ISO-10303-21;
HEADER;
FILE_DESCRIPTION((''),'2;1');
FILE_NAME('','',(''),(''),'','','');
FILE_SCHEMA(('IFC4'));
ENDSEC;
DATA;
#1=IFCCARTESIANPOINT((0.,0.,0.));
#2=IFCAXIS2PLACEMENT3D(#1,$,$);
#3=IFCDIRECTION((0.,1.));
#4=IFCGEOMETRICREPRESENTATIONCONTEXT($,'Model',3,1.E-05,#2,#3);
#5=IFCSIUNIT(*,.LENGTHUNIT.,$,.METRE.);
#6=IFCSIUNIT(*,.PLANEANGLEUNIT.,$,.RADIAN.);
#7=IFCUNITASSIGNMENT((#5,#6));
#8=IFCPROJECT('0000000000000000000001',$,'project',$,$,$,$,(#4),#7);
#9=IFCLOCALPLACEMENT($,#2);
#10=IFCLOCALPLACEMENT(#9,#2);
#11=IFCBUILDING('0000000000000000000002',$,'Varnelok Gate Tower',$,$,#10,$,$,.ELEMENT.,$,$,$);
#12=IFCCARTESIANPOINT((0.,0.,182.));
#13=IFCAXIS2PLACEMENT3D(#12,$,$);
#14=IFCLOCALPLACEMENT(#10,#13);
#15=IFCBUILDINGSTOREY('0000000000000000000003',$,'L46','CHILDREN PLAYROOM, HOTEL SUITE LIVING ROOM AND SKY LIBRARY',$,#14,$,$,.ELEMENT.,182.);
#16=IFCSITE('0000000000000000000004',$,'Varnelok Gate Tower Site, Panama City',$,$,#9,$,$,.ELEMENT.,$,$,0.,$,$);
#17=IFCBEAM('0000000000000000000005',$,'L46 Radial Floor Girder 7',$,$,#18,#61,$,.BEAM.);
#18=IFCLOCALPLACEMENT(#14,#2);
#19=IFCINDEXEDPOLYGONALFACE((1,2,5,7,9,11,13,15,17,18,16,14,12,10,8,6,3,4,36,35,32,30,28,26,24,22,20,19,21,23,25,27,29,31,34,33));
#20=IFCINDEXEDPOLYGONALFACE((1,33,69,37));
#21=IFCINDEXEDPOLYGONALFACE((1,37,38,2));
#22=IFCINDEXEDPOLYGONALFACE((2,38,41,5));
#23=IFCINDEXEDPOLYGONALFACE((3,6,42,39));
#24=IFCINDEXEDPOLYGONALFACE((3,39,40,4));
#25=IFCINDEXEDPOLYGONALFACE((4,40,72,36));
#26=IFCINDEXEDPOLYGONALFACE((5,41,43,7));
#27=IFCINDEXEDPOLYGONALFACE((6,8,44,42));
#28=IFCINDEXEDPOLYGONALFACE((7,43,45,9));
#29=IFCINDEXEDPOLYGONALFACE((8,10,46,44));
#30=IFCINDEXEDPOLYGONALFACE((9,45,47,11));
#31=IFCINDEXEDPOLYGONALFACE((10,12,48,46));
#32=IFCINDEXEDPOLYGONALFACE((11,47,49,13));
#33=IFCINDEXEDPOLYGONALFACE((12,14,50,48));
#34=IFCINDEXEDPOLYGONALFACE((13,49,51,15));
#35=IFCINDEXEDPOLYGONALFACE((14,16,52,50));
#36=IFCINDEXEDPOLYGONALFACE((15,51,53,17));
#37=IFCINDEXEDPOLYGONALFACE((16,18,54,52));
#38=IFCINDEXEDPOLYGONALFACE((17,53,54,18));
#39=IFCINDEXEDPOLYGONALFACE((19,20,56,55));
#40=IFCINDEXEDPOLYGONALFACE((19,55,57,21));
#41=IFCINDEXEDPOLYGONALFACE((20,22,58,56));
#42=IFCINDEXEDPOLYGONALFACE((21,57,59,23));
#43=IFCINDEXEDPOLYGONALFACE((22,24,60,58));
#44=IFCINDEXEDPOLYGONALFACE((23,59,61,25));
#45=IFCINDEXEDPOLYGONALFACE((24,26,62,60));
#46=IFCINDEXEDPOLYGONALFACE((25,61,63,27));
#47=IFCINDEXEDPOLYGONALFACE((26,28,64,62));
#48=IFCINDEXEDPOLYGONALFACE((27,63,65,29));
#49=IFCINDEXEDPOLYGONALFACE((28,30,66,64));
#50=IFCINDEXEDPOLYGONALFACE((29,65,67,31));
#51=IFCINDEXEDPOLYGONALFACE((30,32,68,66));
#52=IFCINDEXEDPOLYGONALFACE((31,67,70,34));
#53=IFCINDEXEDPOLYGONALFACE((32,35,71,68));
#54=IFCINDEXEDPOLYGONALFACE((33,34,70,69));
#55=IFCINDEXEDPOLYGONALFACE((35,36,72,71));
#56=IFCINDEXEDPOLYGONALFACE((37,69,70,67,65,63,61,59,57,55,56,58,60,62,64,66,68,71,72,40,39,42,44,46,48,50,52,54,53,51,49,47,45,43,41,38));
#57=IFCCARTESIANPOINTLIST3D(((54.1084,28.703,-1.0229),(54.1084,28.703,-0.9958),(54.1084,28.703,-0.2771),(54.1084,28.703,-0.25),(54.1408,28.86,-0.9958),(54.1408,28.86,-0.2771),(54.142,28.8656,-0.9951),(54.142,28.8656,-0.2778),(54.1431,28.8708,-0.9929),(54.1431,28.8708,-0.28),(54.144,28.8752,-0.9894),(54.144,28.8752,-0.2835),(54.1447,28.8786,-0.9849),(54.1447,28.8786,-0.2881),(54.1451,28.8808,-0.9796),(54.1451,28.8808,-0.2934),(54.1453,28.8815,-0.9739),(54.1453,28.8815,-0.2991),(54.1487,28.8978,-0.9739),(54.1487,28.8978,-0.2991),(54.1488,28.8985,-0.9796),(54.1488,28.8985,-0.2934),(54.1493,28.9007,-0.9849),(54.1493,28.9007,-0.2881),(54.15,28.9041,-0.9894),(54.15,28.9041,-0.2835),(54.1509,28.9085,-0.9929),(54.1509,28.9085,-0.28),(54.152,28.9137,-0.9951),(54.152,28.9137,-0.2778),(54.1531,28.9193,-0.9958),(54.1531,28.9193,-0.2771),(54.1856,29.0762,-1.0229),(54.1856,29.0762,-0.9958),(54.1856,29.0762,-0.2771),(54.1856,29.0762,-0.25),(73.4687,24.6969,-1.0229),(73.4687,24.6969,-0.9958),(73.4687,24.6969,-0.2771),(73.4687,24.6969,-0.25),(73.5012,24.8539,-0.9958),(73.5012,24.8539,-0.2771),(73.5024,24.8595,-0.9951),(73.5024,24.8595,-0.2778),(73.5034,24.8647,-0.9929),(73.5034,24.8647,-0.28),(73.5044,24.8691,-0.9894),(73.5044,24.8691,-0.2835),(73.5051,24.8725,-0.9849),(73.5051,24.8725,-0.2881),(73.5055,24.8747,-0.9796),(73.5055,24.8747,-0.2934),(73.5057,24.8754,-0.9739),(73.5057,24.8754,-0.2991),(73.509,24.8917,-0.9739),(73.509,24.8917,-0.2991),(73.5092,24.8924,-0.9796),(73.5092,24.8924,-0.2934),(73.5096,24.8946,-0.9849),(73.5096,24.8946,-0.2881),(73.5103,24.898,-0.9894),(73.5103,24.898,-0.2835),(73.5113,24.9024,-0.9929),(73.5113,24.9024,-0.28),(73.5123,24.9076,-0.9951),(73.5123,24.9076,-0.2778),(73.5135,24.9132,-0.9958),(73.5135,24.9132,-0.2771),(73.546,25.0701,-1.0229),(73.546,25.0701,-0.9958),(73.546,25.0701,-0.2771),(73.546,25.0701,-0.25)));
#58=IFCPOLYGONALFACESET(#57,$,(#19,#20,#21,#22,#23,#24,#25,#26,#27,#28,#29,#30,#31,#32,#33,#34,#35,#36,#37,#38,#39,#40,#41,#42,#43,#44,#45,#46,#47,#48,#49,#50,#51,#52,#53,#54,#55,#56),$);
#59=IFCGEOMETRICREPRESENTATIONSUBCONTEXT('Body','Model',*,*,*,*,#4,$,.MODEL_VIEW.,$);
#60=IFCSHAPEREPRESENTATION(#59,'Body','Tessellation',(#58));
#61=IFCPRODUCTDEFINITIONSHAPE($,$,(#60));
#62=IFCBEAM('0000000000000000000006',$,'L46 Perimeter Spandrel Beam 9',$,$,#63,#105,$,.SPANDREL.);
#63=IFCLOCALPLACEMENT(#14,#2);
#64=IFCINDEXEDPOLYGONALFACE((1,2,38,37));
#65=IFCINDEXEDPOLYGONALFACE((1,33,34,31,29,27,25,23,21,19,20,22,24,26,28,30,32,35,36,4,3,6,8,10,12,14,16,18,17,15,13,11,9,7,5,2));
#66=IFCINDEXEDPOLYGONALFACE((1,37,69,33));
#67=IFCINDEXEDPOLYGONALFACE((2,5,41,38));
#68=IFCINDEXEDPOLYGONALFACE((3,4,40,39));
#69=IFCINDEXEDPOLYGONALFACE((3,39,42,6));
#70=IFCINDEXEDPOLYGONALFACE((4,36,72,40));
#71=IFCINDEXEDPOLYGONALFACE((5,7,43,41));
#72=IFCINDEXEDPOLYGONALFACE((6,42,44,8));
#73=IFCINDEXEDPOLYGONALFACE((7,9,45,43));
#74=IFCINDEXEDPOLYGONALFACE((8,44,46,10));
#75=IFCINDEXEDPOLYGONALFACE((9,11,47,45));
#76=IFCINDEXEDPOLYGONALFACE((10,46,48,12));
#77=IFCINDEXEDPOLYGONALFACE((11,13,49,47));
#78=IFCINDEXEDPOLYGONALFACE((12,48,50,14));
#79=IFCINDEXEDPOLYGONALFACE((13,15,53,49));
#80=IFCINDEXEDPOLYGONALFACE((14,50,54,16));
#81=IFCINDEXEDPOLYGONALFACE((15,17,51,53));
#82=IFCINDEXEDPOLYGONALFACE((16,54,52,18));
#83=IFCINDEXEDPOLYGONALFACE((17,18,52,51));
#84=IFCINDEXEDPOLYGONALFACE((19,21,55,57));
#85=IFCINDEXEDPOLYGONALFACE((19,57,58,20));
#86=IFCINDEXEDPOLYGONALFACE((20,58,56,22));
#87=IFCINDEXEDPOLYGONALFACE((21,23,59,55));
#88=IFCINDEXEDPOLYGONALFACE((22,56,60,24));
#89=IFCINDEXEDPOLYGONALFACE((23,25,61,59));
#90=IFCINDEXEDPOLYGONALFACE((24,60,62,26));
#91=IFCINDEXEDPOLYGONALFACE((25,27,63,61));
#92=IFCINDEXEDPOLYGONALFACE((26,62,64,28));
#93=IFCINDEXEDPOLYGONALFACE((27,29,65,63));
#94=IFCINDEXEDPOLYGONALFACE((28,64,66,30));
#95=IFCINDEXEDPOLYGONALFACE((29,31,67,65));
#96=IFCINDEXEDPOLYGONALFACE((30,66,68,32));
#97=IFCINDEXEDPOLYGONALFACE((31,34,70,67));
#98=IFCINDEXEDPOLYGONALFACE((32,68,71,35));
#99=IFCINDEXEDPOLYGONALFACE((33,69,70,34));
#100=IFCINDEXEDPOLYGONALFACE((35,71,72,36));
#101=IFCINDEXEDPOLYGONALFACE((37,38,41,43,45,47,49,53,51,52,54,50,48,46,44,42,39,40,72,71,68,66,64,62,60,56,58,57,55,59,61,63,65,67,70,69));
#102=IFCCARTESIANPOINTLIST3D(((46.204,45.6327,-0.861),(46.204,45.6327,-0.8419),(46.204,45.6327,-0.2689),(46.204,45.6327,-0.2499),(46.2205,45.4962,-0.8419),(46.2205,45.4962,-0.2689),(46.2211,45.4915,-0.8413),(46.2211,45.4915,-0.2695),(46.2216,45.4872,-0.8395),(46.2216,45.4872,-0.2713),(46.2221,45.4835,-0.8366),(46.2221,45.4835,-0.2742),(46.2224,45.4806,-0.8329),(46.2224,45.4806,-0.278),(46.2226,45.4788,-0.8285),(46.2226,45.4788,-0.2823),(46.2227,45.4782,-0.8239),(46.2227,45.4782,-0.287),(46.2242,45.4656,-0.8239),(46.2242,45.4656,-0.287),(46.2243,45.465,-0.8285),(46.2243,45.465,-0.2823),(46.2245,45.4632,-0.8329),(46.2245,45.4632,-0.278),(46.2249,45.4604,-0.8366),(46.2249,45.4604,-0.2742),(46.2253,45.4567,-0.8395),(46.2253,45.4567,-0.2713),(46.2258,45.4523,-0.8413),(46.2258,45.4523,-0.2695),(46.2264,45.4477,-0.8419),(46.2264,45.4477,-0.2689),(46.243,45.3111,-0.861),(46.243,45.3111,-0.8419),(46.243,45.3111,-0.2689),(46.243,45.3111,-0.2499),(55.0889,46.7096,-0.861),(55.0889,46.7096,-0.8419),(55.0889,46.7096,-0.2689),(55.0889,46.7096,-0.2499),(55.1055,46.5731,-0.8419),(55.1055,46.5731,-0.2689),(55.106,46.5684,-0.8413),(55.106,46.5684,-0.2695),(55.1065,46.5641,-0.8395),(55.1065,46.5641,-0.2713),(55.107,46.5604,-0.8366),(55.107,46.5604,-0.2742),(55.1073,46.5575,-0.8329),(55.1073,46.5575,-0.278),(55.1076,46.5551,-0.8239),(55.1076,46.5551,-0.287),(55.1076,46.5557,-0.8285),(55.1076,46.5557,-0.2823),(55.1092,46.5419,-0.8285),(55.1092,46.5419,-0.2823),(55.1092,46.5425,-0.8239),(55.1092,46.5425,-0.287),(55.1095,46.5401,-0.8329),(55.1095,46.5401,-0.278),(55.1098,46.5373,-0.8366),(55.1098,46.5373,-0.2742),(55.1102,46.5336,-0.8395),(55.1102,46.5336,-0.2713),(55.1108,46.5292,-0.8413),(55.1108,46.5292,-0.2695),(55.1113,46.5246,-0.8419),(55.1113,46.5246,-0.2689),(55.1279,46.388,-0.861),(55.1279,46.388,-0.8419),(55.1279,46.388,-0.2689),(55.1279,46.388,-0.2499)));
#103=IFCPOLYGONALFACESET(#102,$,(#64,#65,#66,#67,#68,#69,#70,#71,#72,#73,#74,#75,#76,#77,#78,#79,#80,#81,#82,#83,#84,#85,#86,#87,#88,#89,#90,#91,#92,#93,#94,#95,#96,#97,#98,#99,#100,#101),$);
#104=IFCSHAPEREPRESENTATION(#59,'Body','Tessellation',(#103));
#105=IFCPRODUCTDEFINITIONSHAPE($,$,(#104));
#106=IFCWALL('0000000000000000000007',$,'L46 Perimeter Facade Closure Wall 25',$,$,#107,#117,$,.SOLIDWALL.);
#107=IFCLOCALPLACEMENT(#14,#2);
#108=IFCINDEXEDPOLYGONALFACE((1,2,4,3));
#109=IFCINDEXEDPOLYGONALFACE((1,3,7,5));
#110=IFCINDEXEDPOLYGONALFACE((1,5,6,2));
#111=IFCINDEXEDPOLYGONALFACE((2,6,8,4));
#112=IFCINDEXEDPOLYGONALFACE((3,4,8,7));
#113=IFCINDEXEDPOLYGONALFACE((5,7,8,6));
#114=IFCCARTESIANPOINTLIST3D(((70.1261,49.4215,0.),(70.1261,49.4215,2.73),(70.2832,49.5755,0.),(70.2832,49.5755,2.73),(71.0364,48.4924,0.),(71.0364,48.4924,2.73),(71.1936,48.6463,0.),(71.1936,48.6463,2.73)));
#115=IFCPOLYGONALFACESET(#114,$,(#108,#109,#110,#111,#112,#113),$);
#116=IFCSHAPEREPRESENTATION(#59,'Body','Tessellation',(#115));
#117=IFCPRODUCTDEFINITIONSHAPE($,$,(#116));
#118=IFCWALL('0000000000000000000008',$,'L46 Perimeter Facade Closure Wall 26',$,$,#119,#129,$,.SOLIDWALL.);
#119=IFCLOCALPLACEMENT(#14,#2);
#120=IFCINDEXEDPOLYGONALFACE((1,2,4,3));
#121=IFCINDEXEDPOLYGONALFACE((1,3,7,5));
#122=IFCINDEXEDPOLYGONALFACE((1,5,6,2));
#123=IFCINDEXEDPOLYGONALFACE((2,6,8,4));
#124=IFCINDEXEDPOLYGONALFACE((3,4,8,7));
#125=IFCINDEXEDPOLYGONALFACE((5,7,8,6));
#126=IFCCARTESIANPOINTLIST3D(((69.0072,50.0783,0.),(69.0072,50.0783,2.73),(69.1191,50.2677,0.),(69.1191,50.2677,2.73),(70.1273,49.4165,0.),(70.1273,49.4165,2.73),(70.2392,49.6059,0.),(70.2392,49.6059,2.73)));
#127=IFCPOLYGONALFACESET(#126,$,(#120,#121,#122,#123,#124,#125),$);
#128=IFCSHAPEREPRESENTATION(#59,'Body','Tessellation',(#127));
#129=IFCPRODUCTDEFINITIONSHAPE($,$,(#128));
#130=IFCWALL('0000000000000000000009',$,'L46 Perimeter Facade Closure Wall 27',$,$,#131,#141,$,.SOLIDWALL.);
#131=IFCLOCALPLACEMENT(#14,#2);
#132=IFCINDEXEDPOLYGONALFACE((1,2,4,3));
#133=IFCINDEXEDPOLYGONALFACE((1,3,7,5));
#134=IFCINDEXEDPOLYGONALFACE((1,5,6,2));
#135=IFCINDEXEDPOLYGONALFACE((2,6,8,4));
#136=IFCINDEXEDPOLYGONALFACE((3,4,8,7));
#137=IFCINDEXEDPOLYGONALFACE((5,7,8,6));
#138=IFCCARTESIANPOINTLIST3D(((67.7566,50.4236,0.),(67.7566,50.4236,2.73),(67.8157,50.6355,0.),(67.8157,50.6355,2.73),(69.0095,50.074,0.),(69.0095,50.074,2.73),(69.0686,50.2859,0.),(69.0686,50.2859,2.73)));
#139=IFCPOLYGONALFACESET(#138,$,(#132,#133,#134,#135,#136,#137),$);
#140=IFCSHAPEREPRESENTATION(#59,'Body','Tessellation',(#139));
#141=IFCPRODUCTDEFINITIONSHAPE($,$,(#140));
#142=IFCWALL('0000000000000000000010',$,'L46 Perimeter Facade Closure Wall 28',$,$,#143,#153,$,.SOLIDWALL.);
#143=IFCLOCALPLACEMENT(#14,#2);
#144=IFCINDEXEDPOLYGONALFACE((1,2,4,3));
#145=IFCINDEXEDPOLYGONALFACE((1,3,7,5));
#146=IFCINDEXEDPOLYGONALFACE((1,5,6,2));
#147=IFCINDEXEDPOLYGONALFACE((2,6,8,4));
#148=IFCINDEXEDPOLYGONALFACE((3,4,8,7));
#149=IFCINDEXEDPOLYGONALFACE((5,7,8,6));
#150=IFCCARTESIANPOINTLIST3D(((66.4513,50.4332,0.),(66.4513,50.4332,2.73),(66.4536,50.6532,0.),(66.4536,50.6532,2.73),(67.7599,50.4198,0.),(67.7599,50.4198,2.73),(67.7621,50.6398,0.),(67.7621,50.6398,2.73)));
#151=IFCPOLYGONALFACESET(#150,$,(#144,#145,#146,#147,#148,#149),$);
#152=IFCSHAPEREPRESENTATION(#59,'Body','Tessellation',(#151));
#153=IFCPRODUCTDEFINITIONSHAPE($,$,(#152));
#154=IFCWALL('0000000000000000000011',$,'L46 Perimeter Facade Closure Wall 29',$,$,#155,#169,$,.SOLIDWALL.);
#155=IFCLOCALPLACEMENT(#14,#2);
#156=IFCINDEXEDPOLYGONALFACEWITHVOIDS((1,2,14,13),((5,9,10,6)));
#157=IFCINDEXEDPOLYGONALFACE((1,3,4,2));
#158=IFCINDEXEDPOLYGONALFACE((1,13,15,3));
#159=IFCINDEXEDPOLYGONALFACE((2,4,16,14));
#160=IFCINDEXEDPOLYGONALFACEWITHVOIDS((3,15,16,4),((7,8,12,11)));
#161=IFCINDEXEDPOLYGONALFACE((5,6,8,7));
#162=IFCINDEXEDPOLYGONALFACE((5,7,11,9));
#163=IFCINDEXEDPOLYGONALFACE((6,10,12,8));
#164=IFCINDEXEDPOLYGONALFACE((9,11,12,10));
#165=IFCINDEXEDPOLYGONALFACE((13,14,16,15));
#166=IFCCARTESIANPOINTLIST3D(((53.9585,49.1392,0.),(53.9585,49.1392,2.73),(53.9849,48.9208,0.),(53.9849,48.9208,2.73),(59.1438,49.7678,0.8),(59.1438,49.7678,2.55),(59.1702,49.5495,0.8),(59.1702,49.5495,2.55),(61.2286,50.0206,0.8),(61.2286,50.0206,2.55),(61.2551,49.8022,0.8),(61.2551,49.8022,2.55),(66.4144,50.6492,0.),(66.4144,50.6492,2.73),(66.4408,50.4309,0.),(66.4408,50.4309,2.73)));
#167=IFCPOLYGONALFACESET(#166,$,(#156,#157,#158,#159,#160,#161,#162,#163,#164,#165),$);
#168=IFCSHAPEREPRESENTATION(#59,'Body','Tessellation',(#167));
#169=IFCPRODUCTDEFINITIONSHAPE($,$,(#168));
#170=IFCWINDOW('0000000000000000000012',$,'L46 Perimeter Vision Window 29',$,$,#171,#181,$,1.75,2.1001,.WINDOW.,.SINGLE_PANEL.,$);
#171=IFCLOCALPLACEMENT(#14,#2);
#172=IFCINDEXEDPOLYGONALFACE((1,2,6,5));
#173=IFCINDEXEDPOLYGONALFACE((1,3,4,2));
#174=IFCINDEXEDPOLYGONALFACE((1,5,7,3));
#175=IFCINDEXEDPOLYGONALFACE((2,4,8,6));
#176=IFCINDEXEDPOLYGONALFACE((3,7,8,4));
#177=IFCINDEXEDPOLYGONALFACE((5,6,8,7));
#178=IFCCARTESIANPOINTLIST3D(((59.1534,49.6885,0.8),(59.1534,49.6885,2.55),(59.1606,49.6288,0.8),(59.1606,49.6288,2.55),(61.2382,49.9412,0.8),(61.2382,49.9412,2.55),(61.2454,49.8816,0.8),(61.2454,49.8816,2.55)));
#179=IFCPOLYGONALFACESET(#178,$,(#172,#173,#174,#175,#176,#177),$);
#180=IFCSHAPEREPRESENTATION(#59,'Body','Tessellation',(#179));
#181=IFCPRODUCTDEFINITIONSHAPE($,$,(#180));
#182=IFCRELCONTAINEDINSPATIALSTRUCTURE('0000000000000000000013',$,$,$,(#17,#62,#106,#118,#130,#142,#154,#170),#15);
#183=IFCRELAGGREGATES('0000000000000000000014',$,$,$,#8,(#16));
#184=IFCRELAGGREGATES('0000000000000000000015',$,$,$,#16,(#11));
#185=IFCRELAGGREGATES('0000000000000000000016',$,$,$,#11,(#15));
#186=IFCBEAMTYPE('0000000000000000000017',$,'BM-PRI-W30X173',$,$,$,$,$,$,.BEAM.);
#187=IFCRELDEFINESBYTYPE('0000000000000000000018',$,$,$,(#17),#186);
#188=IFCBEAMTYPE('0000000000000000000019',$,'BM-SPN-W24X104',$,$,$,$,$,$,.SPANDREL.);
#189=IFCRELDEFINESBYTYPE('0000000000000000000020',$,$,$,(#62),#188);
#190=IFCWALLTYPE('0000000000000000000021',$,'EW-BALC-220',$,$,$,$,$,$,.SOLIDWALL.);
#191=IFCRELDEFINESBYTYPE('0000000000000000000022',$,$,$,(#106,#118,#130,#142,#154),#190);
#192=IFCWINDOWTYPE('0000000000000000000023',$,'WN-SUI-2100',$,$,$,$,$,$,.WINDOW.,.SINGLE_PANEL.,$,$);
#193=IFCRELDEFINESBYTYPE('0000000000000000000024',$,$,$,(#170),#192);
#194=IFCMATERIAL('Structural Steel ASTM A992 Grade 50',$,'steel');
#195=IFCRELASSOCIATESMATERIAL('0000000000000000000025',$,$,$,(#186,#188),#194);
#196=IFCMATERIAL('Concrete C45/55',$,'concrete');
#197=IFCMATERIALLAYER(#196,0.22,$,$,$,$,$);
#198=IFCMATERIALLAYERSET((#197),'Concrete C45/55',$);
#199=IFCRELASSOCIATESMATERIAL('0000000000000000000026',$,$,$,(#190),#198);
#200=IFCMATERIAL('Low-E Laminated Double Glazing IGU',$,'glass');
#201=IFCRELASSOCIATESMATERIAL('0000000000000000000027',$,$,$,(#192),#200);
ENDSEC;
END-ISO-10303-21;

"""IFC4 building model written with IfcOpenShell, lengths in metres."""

from ifc_helpers import new_model, si_unit, direction, frame, frame_2d, origin, origin_2d, place, context, subcontext, project, spatial, rectangle, i_section, extrude, material, layer, layer_set, material_profile, profile_set, type_object, element, fill, save


model = new_model("IFC4")

# Units and contexts
model_context = context("Model", 3, precision=1e-05, world=origin(), true_north=direction((0.0, 1.0)))
body_context = subcontext(model_context, "Body", "Model", "MODEL_VIEW")
ifc_project = project(units=[si_unit("LENGTHUNIT", "METRE"), si_unit("PLANEANGLEUNIT", "RADIAN")], contexts=[model_context])

# Site, building, storey
site_placement = place(None, origin())
site = spatial("IfcSite", under=ifc_project, at=site_placement, Name="Varnelok Gate Tower Site, Panama City", CompositionType="ELEMENT", RefElevation=0.0)
building_placement = place(site_placement, origin())
building = spatial("IfcBuilding", under=site, at=building_placement, Name="Varnelok Gate Tower", CompositionType="ELEMENT")
storey_placement = place(building_placement, frame((0.0, 0.0, 182.0)))
storey = spatial("IfcBuildingStorey", under=building, at=storey_placement, Name="L46", Description="CHILDREN PLAYROOM, HOTEL SUITE LIVING ROOM AND SKY LIBRARY", CompositionType="ELEMENT", Elevation=182.0)

# Shared definitions
ifc_material_1 = material(Name="Structural Steel ASTM A992 Grade 50", Category="steel")

# Beams
ifc_material_profile_1 = material_profile(ifc_material_1, i_section(OverallWidth=0.3811, OverallDepth=0.7729, WebThickness=0.0166, FlangeThickness=0.0271, FilletRadius=0.022, at=origin_2d()), Name="W30X173")
ifc_profile_set_1 = profile_set([ifc_material_profile_1], Name="Structural Steel ASTM A992 Grade 50")
beam_type_1 = type_object("IfcBeamType", Name="BM-PRI-W30X173", PredefinedType="BEAM", material=ifc_profile_set_1)
beam_1_placement = place(storey_placement, frame((54.147, 28.8896, -0.6365), z_axis=(0.979255, -0.202631, 0.0), x_axis=(0.202631, 0.979255, 0.0)))
element("IfcBeam", 1, at=beam_1_placement, inside=storey, type_object=beam_type_1, Name="L46 Radial Floor Girder 7", PredefinedType="BEAM", context=body_context, shape_type="SweptSolid", body=[
    extrude(i_section(OverallWidth=0.3811, OverallDepth=0.7729, WebThickness=0.0166, FlangeThickness=0.0271, FilletRadius=0.022, at=origin_2d()), origin(), (0.0, 0.0, 1.0), 19.7705),
])
ifc_material_profile_2 = material_profile(ifc_material_1, i_section(OverallWidth=0.324, OverallDepth=0.6111, WebThickness=0.0127, FlangeThickness=0.019, FilletRadius=0.0181, at=origin_2d()), Name="W24X104")
ifc_profile_set_2 = profile_set([ifc_material_profile_2], Name="Structural Steel ASTM A992 Grade 50")
beam_type_2 = type_object("IfcBeamType", Name="BM-SPN-W24X104", PredefinedType="SPANDREL", material=ifc_profile_set_2)
beam_2_placement = place(storey_placement, frame((55.1084, 46.5488, -0.5554), z_axis=(-0.992735, -0.120324, 0.0), x_axis=(0.120324, -0.992735, 0.0)))
element("IfcBeam", 2, at=beam_2_placement, inside=storey, type_object=beam_type_2, Name="L46 Perimeter Spandrel Beam 9", PredefinedType="SPANDREL", context=body_context, shape_type="SweptSolid", body=[
    extrude(i_section(OverallWidth=0.324, OverallDepth=0.6111, WebThickness=0.0127, FlangeThickness=0.019, FilletRadius=0.0181, at=origin_2d()), origin(), (0.0, 0.0, 1.0), 8.95),
])

# Walls
ifc_material_2 = material(Name="Concrete C45/55", Category="concrete")
ifc_layer_1 = layer(ifc_material_2, 0.22)
ifc_layer_set_1 = layer_set([ifc_layer_1], Name="Concrete C45/55")
wall_type_1 = type_object("IfcWallType", Name="EW-BALC-220", PredefinedType="SOLIDWALL", material=ifc_layer_set_1)
wall_1_placement = place(storey_placement, frame((71.115, 48.5693, 0.0), z_axis=(0.0, 0.0, 1.0), x_axis=(-0.699844, 0.714295, 0.0)))
element("IfcWall", 3, at=wall_1_placement, inside=storey, type_object=wall_type_1, Name="L46 Perimeter Facade Closure Wall 25", PredefinedType="SOLIDWALL", context=body_context, shape_type="SweptSolid", body=[
    extrude(rectangle(XDim=1.3008, YDim=0.22, at=frame_2d((0.6504, 0.0))), origin(), (0.0, 0.0, 1.0), 2.73),
])
wall_2_placement = place(storey_placement, frame((70.1831, 49.5112, 0.0), z_axis=(0.0, 0.0, 1.0), x_axis=(-0.860934, 0.508717, 0.0)))
element("IfcWall", 4, at=wall_2_placement, inside=storey, type_object=wall_type_1, Name="L46 Perimeter Facade Closure Wall 26", PredefinedType="SOLIDWALL", context=body_context, shape_type="SweptSolid", body=[
    extrude(rectangle(XDim=1.301, YDim=0.22, at=frame_2d((0.6504, 0.0))), origin(), (0.0, 0.0, 1.0), 2.73),
])
wall_3_placement = place(storey_placement, frame((69.0391, 50.1799, 0.0), z_axis=(0.0, 0.0, 1.0), x_axis=(-0.963205, 0.268767, 0.0)))
element("IfcWall", 5, at=wall_3_placement, inside=storey, type_object=wall_type_1, Name="L46 Perimeter Facade Closure Wall 27", PredefinedType="SOLIDWALL", context=body_context, shape_type="SweptSolid", body=[
    extrude(rectangle(XDim=1.3008, YDim=0.22, at=frame_2d((0.6504, 0.0))), origin(), (0.0, 0.0, 1.0), 2.73),
])
wall_4_placement = place(storey_placement, frame((67.761, 50.5298, 0.0), z_axis=(0.0, 0.0, 1.0), x_axis=(-0.999947, 0.010261, 0.0)))
element("IfcWall", 6, at=wall_4_placement, inside=storey, type_object=wall_type_1, Name="L46 Perimeter Facade Closure Wall 28", PredefinedType="SOLIDWALL", context=body_context, shape_type="SweptSolid", body=[
    extrude(rectangle(XDim=1.3086, YDim=0.22, at=frame_2d((0.6543, 0.0))), origin(), (0.0, 0.0, 1.0), 2.73),
])

# Wall, opening, window
wall_5_placement = place(storey_placement, frame((66.4275, 50.54, 0.0), z_axis=(0.0, 0.0, 1.0), x_axis=(-0.992732, -0.120348, 0.0)))
wall_5 = element("IfcWall", 7, at=wall_5_placement, inside=storey, type_object=wall_type_1, Name="L46 Perimeter Facade Closure Wall 29", PredefinedType="SOLIDWALL", context=body_context, shape_type="SweptSolid", body=[
    extrude(rectangle(XDim=12.5471, YDim=0.22, at=frame_2d((6.2734, 0.0))), origin(), (0.0, 0.0, 1.0), 2.73),
])
opening_1_placement = place(wall_5_placement, frame((5.2236, 0.0, 0.8)))
opening_1 = element("IfcOpeningElement", 8, at=opening_1_placement, cuts=wall_5, PredefinedType="OPENING", context=body_context, shape_type="SweptSolid", body=[
    extrude(rectangle(XDim=2.1001, YDim=1.75, at=frame_2d((1.05, 0.875))), frame((0.0, 0.1199, 0.0), z_axis=(0.0, -1.0, 0.0), x_axis=(1.0, 0.0, 0.0)), (0.0, 0.0, 1.0), 0.24),
])
ifc_material_3 = material(Name="Low-E Laminated Double Glazing IGU", Category="glass")
window_type = type_object("IfcWindowType", Name="WN-SUI-2100", PartitioningType="SINGLE_PANEL", PredefinedType="WINDOW", material=ifc_material_3)
window_placement = place(opening_1_placement, origin())
window = element("IfcWindow", 9, at=window_placement, inside=storey, type_object=window_type, Name="L46 Perimeter Vision Window 29", OverallHeight=1.75, OverallWidth=2.1001, PartitioningType="SINGLE_PANEL", PredefinedType="WINDOW", context=body_context, shape_type="SweptSolid", body=[
    extrude(rectangle(XDim=2.1001, YDim=1.75, at=frame_2d((1.05, 0.875))), frame((0.0, 0.03, 0.0), z_axis=(0.0, -1.0, 0.0), x_axis=(1.0, 0.0, 0.0)), (0.0, 0.0, 1.0), 0.0601),
])
fill(opening_1, window)

save(model, "model.ifc")
